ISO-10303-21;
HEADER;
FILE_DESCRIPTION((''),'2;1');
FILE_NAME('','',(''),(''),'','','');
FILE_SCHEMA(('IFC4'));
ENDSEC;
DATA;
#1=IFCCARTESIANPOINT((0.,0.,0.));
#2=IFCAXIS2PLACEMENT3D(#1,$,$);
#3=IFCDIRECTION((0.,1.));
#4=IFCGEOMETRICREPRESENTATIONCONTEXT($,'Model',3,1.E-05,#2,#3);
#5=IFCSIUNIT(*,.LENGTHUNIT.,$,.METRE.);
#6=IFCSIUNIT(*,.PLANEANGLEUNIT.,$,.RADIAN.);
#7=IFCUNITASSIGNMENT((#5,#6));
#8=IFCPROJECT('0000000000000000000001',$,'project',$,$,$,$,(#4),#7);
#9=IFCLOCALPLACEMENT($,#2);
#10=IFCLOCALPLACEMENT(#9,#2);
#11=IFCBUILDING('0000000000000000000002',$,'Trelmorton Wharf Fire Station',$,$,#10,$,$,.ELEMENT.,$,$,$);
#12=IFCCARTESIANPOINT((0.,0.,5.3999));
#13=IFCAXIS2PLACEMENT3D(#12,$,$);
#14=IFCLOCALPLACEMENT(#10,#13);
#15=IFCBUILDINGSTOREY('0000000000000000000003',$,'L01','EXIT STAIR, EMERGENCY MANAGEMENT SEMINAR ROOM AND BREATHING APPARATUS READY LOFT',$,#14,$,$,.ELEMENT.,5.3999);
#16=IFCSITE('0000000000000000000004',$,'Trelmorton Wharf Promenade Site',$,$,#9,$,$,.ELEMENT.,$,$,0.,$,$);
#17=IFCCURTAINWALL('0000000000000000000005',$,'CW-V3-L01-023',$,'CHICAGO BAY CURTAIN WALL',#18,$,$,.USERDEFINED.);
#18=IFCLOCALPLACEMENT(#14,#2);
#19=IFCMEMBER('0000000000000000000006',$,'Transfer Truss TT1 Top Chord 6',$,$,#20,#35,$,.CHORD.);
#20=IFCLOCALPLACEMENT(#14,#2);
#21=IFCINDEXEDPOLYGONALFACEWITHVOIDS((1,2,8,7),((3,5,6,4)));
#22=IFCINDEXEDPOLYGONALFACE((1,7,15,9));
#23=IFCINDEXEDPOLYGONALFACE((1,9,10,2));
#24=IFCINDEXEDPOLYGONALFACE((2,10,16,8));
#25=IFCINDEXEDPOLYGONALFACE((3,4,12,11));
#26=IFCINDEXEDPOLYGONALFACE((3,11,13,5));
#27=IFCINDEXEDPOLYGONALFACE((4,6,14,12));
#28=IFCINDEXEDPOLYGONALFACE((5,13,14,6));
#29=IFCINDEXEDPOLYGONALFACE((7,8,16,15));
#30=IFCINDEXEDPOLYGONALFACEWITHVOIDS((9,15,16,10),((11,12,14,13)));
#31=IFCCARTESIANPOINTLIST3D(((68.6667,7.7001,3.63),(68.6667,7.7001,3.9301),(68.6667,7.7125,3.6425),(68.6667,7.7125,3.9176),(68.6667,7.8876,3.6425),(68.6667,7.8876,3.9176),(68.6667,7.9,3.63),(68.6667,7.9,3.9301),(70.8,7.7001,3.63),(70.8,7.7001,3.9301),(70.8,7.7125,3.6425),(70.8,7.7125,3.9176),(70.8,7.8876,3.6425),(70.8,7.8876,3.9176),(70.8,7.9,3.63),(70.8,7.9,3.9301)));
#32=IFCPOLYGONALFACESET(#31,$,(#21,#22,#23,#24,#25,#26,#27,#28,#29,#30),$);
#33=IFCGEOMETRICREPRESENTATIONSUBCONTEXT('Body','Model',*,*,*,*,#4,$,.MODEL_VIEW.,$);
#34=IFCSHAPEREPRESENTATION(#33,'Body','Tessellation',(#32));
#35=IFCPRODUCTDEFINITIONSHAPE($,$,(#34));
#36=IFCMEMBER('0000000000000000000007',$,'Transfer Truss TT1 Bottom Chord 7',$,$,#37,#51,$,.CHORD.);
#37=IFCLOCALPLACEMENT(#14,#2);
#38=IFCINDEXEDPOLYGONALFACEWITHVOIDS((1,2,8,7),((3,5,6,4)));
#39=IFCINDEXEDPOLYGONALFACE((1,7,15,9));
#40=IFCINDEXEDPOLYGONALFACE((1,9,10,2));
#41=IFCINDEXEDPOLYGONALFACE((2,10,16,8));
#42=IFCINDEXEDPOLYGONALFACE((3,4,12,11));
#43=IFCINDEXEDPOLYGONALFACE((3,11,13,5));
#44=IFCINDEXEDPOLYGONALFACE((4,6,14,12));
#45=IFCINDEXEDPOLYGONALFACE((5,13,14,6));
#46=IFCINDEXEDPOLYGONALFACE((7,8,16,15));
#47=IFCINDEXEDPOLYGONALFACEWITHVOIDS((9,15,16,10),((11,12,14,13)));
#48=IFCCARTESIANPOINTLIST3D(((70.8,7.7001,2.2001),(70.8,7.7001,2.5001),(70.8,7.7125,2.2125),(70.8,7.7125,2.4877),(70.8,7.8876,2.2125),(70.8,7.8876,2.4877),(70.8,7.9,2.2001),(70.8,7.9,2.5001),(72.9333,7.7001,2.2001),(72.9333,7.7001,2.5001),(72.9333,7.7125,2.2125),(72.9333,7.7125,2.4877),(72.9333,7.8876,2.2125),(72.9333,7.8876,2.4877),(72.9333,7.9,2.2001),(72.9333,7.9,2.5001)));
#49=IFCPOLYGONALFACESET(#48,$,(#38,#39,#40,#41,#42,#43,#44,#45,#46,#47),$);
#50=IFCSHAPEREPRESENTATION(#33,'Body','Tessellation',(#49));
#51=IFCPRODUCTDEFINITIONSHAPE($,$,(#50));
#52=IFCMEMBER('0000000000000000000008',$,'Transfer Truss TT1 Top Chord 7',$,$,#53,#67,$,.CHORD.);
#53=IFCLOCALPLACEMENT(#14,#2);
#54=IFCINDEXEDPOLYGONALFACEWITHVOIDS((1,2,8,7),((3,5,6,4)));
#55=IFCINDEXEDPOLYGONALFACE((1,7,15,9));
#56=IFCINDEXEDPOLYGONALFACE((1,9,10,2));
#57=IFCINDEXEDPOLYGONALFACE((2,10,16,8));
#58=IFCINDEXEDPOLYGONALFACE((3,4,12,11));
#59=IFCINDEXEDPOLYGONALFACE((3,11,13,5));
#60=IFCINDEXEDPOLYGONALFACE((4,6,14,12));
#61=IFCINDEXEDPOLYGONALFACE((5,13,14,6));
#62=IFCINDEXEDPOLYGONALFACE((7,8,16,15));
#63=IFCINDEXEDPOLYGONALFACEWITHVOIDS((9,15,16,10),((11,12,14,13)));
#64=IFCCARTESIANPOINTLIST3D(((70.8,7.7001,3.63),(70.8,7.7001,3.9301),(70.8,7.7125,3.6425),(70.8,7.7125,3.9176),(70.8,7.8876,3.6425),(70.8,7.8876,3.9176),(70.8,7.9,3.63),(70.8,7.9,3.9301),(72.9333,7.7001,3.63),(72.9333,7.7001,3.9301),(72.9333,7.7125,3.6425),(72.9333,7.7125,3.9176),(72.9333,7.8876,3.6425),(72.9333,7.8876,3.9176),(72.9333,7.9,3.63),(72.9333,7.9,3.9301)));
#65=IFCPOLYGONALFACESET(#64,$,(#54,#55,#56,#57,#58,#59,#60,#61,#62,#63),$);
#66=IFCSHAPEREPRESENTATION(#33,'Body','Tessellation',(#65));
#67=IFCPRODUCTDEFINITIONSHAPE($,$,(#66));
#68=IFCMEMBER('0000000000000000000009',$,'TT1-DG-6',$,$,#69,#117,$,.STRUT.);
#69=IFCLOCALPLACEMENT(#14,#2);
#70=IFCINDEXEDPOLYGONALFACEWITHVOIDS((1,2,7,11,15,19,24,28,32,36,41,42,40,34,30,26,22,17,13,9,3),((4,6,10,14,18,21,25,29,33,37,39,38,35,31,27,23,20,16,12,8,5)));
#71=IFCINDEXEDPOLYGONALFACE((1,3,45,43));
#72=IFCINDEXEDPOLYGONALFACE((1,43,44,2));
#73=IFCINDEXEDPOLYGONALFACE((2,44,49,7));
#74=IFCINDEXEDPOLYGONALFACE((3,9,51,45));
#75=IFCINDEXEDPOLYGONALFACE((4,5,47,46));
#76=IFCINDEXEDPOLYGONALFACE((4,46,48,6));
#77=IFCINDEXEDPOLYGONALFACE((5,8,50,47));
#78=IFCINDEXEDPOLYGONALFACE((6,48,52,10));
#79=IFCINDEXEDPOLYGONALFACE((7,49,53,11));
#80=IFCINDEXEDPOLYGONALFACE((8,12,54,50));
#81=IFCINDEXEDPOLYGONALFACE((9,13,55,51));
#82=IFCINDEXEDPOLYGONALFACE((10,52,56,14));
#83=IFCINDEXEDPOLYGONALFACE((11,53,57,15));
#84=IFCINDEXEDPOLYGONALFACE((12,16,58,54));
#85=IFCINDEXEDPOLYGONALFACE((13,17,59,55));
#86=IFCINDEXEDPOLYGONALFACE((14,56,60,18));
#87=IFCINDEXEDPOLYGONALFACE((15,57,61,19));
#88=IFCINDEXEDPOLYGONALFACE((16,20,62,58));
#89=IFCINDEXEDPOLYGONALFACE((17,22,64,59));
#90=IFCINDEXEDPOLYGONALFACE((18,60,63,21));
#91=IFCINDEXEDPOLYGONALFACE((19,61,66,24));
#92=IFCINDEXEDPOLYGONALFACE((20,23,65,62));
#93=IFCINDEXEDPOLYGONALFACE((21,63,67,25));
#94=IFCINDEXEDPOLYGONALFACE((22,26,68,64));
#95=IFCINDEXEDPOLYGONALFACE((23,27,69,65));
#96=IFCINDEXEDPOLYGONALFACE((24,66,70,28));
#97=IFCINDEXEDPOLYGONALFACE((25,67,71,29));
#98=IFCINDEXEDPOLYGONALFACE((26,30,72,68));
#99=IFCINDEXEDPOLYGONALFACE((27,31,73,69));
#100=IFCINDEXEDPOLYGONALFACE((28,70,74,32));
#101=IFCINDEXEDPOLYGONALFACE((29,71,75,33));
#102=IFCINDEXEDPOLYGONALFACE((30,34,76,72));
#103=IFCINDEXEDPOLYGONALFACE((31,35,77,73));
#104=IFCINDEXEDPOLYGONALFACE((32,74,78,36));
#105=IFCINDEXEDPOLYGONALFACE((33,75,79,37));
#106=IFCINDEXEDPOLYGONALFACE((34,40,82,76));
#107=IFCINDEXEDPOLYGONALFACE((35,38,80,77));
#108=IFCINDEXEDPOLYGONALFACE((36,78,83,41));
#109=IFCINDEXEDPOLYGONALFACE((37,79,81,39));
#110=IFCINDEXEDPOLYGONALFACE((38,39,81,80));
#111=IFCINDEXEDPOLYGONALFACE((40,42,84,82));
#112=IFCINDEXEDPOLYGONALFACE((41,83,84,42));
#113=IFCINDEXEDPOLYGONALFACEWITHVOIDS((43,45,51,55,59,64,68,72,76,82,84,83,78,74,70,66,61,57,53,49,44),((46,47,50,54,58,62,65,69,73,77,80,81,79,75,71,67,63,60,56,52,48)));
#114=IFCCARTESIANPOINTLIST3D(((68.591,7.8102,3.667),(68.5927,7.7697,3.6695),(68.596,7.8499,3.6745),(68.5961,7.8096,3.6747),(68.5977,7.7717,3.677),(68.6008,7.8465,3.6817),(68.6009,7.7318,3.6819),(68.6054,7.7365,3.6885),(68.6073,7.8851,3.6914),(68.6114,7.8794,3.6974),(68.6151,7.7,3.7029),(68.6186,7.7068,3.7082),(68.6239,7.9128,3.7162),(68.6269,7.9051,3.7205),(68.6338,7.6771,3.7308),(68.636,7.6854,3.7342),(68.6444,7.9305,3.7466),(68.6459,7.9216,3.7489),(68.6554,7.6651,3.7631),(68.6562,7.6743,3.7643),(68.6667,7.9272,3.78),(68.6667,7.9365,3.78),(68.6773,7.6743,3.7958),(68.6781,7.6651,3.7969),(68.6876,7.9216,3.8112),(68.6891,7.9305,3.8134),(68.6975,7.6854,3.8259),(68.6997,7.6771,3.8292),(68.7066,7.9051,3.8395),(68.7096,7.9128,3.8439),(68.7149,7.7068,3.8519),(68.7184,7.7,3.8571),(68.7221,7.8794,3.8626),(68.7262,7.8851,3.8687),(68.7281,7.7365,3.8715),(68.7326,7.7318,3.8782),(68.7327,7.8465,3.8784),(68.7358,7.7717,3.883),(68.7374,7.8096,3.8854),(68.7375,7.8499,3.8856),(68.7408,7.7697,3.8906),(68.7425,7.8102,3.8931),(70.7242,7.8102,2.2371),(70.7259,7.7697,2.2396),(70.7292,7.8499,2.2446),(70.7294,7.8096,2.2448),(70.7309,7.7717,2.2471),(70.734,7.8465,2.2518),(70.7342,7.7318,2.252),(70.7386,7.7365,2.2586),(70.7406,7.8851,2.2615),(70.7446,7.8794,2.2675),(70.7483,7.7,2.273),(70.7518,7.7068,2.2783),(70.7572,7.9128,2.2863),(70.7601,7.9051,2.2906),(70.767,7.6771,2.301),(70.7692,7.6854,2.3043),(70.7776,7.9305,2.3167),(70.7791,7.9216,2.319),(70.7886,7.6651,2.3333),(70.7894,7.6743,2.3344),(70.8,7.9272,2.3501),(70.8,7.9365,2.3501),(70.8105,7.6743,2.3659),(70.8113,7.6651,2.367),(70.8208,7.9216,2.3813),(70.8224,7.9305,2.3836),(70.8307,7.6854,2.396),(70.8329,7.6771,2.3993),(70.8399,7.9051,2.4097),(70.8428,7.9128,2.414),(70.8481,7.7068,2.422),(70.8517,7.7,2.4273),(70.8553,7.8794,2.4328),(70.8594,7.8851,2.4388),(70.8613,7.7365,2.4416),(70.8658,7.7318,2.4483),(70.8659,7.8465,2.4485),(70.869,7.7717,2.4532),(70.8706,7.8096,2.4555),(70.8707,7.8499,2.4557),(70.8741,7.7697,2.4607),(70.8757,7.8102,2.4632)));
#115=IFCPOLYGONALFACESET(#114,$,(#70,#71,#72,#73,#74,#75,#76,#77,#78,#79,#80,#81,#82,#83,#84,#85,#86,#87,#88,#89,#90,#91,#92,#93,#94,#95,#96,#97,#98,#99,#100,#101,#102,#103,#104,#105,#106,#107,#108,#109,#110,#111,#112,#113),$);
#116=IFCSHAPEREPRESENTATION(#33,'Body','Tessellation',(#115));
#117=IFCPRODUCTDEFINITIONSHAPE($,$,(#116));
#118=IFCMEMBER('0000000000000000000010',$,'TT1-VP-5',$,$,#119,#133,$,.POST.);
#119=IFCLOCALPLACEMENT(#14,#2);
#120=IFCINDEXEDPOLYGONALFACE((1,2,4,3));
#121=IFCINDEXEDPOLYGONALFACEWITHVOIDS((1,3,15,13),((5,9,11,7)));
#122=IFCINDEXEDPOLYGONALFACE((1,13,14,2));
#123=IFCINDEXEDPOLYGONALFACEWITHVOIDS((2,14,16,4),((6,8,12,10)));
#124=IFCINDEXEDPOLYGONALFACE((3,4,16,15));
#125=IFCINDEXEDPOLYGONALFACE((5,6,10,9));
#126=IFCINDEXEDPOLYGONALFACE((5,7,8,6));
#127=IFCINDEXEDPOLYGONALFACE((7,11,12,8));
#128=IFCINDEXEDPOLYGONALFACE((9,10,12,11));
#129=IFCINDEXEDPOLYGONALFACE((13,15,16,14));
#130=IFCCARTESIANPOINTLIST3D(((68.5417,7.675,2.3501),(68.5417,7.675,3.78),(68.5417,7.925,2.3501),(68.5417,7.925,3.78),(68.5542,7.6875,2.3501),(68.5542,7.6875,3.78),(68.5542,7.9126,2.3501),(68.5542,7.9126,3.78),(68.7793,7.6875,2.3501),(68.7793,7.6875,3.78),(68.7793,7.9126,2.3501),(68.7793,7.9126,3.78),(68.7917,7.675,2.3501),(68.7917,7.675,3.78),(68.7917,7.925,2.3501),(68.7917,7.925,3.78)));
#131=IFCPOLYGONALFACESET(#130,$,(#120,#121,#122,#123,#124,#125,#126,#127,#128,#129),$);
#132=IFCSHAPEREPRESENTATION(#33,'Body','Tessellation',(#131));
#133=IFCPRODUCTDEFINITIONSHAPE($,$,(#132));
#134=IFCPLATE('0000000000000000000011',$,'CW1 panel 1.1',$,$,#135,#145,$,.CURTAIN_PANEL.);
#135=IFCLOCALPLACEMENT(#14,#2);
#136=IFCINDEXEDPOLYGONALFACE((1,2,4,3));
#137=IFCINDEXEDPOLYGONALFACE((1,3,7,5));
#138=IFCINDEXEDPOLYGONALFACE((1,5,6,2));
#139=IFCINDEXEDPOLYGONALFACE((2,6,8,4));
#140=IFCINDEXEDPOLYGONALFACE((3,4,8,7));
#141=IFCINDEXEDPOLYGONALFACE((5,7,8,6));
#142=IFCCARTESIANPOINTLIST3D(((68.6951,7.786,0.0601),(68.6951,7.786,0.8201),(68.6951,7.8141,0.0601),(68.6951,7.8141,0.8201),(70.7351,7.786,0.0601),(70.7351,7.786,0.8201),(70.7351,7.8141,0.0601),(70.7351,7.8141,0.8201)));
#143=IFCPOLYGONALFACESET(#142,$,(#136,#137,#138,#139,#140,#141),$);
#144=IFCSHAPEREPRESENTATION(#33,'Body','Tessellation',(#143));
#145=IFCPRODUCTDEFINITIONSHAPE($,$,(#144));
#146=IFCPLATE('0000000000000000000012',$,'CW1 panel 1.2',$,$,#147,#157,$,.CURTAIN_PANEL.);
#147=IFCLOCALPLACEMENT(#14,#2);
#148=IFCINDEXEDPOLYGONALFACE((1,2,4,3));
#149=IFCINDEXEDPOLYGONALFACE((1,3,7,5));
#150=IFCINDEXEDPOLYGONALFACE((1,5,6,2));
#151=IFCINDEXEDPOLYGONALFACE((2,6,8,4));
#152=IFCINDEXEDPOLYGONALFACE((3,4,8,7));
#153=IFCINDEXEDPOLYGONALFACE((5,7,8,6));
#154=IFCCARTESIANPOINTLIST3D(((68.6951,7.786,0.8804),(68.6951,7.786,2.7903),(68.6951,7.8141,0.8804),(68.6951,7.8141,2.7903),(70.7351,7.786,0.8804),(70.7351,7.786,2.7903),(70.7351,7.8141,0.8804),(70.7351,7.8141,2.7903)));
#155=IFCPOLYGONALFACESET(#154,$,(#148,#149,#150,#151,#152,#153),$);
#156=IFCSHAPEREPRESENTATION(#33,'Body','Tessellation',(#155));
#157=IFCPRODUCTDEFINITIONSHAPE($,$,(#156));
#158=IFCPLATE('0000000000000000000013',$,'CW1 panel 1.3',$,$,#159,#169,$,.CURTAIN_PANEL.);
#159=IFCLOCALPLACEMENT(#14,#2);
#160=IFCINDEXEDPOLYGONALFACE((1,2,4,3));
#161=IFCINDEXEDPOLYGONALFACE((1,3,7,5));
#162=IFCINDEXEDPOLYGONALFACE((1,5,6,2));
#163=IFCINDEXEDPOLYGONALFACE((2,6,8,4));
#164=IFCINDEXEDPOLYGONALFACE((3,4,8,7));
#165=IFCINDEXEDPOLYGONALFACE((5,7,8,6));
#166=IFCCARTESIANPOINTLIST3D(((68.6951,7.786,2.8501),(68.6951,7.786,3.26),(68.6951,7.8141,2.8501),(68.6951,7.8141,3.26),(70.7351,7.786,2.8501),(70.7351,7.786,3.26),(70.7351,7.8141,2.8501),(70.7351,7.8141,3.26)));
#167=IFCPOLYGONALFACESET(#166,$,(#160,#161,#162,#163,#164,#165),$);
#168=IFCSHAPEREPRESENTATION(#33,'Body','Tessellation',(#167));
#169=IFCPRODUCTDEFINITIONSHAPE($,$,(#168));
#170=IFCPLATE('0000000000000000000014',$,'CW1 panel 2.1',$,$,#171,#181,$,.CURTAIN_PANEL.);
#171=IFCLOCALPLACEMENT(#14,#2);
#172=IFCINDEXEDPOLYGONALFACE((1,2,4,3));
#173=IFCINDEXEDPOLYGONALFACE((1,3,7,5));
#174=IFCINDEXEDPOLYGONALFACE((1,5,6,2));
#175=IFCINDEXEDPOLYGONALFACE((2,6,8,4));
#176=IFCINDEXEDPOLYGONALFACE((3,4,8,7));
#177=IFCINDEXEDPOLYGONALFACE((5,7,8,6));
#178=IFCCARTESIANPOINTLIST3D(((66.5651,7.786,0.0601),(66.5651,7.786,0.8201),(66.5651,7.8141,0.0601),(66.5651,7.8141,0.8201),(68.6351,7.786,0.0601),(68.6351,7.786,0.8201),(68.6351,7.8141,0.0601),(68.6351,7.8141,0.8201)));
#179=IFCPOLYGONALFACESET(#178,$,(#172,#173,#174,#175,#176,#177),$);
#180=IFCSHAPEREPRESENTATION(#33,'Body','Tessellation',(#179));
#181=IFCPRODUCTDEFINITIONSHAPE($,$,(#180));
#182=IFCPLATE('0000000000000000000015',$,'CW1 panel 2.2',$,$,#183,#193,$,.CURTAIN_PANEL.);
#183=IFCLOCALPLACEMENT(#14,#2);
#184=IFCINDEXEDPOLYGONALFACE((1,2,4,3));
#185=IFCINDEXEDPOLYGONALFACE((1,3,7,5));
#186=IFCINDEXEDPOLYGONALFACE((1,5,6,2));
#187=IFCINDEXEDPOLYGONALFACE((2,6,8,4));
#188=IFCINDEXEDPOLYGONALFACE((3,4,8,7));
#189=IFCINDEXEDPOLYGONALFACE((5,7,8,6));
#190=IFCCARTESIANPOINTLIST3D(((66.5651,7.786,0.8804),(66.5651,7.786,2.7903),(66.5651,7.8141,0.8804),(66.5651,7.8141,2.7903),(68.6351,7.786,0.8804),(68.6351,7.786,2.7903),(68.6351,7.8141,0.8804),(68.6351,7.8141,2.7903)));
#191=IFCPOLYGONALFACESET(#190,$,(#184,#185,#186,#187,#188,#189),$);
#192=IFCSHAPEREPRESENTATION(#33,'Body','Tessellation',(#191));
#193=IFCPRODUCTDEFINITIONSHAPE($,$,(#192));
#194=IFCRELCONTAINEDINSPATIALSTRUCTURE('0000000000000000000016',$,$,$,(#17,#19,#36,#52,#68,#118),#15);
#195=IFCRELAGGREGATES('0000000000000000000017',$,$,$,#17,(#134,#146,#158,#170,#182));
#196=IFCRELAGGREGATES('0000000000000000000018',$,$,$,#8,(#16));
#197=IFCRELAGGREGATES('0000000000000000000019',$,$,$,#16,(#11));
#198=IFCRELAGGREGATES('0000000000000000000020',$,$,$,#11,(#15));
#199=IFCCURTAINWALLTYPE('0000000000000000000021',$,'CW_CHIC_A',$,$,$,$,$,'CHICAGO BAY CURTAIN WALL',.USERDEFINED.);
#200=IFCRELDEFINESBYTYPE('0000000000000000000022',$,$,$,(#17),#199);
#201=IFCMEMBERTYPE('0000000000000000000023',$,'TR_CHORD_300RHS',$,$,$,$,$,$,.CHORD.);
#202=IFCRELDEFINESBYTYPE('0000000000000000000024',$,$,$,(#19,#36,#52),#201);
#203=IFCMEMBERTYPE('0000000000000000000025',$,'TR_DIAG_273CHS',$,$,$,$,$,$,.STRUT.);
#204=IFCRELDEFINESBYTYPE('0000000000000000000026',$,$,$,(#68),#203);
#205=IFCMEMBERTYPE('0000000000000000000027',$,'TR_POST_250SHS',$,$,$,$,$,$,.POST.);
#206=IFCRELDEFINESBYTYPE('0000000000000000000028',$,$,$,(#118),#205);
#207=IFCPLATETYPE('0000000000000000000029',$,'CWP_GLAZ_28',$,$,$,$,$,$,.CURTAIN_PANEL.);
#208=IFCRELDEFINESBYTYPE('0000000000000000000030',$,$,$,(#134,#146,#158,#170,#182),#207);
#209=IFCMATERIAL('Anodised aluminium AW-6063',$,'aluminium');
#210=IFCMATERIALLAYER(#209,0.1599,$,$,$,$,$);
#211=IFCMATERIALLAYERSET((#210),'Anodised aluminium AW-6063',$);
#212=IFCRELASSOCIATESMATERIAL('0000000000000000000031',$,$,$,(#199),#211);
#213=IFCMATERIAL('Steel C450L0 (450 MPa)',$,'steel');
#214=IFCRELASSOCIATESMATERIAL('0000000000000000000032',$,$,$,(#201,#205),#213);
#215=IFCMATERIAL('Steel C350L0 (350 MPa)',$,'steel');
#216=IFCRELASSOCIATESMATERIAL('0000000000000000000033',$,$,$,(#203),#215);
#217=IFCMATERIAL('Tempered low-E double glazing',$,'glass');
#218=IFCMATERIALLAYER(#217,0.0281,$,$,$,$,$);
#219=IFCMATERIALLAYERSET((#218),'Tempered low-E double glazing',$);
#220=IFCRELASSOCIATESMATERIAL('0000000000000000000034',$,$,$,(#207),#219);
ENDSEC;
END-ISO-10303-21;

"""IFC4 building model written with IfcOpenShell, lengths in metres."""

from ifc_helpers import new_model, si_unit, direction, frame, origin, origin_2d, place, context, subcontext, project, spatial, rectangle, hollow_rectangle, hollow_circle, extrude, material, layer, layer_set, material_profile, profile_set, type_object, element, aggregate, save


model = new_model("IFC4")

# Units and contexts
model_context = context("Model", 3, precision=1e-05, world=origin(), true_north=direction((0.0, 1.0)))
body_context = subcontext(model_context, "Body", "Model", "MODEL_VIEW")
ifc_project = project(units=[si_unit("LENGTHUNIT", "METRE"), si_unit("PLANEANGLEUNIT", "RADIAN")], contexts=[model_context])

# Site, building, storey
site_placement = place(None, origin())
site = spatial("IfcSite", under=ifc_project, at=site_placement, Name="Trelmorton Wharf Promenade Site", CompositionType="ELEMENT", RefElevation=0.0)
building_placement = place(site_placement, origin())
building = spatial("IfcBuilding", under=site, at=building_placement, Name="Trelmorton Wharf Fire Station", CompositionType="ELEMENT")
storey_placement = place(building_placement, frame((0.0, 0.0, 5.3999)))
storey = spatial("IfcBuildingStorey", under=building, at=storey_placement, Name="L01", Description="EXIT STAIR, EMERGENCY MANAGEMENT SEMINAR ROOM AND BREATHING APPARATUS READY LOFT", CompositionType="ELEMENT", Elevation=5.3999)

# Curtain wall
ifc_material_1 = material(Name="Anodised aluminium AW-6063", Category="aluminium")
ifc_layer_1 = layer(ifc_material_1, 0.1599)
ifc_layer_set_1 = layer_set([ifc_layer_1], Name="Anodised aluminium AW-6063")
curtain_wall_type = type_object("IfcCurtainWallType", Name="CW_CHIC_A", ElementType="CHICAGO BAY CURTAIN WALL", PredefinedType="USERDEFINED", material=ifc_layer_set_1)
curtain_wall_placement = place(storey_placement, origin())
curtain_wall = element("IfcCurtainWall", 1, at=curtain_wall_placement, inside=storey, type_object=curtain_wall_type, Name="CW-V3-L01-023", ObjectType="CHICAGO BAY CURTAIN WALL", PredefinedType="USERDEFINED")

# Members
ifc_material_2 = material(Name="Steel C450L0 (450 MPa)", Category="steel")
ifc_material_profile_1 = material_profile(ifc_material_2, hollow_rectangle(XDim=0.2, YDim=0.3, WallThickness=0.0125, at=origin_2d()), Name="300x200x12.5RHS")
ifc_profile_set_1 = profile_set([ifc_material_profile_1], Name="Steel C450L0 (450 MPa)")
member_type_1 = type_object("IfcMemberType", Name="TR_CHORD_300RHS", PredefinedType="CHORD", material=ifc_profile_set_1)
for number, where, z_axis, x_axis, name in (
    (2, (68.6667, 7.8, 3.78), (1.0, 0.0, 0.0), (0.0, 1.0, 0.0), "Transfer Truss TT1 Top Chord 6"),
    (3, (70.8, 7.8, 2.3501), (1.0, 0.0, 0.0), (0.0, 1.0, 0.0), "Transfer Truss TT1 Bottom Chord 7"),
    (4, (70.8, 7.8, 3.78), (1.0, 0.0, 0.0), (0.0, 1.0, 0.0), "Transfer Truss TT1 Top Chord 7"),
):
    element("IfcMember", number, at=place(storey_placement, frame(where, z_axis=z_axis, x_axis=x_axis)), inside=storey, type_object=member_type_1, Name=name, PredefinedType="CHORD", context=body_context, shape_type="SweptSolid", body=[
        extrude(hollow_rectangle(XDim=0.2, YDim=0.3, WallThickness=0.0125, at=origin_2d()), origin(), (0.0, 0.0, 1.0), 2.1333),
    ])
ifc_material_3 = material(Name="Steel C350L0 (350 MPa)", Category="steel")
ifc_material_profile_2 = material_profile(ifc_material_3, hollow_circle(Radius=0.1365, WallThickness=0.0093, at=origin_2d()), Name="273.1x9.3CHS")
ifc_profile_set_2 = profile_set([ifc_material_profile_2], Name="Steel C350L0 (350 MPa)")
member_type_2 = type_object("IfcMemberType", Name="TR_DIAG_273CHS", PredefinedType="STRUT", material=ifc_profile_set_2)
member_1_placement = place(storey_placement, frame((68.6667, 7.8, 3.78), z_axis=(0.830658, 0.0, -0.556783), x_axis=(0.0, 1.0, 0.0)))
element("IfcMember", 5, at=member_1_placement, inside=storey, type_object=member_type_2, Name="TT1-DG-6", PredefinedType="STRUT", context=body_context, shape_type="SweptSolid", body=[
    extrude(hollow_circle(Radius=0.1365, WallThickness=0.0093, at=origin_2d()), origin(), (0.0, 0.0, 1.0), 2.5681),
])
ifc_material_profile_3 = material_profile(ifc_material_2, hollow_rectangle(XDim=0.25, YDim=0.25, WallThickness=0.0125, at=origin_2d()), Name="250x250x12.5SHS")
ifc_profile_set_3 = profile_set([ifc_material_profile_3], Name="Steel C450L0 (450 MPa)")
member_type_3 = type_object("IfcMemberType", Name="TR_POST_250SHS", PredefinedType="POST", material=ifc_profile_set_3)
member_2_placement = place(storey_placement, frame((68.6667, 7.8, 2.3501), z_axis=(0.0, 0.0, 1.0), x_axis=(1.0, 0.0, 0.0)))
element("IfcMember", 6, at=member_2_placement, inside=storey, type_object=member_type_3, Name="TT1-VP-5", PredefinedType="POST", context=body_context, shape_type="SweptSolid", body=[
    extrude(hollow_rectangle(XDim=0.25, YDim=0.25, WallThickness=0.0125, at=origin_2d()), origin(), (0.0, 0.0, 1.0), 1.4299),
])

# Plates
ifc_material_4 = material(Name="Tempered low-E double glazing", Category="glass")
ifc_layer_2 = layer(ifc_material_4, 0.0281)
ifc_layer_set_2 = layer_set([ifc_layer_2], Name="Tempered low-E double glazing")
plate_type_1 = type_object("IfcPlateType", Name="CWP_GLAZ_28", PredefinedType="CURTAIN_PANEL", material=ifc_layer_set_2)
plate_1_placement = place(storey_placement, frame((69.7151, 7.8, 0.0601), z_axis=(0.0, 0.0, 1.0), x_axis=(-1.0, 0.0, 0.0)))
plate_1 = element("IfcPlate", 7, at=plate_1_placement, type_object=plate_type_1, Name="CW1 panel 1.1", PredefinedType="CURTAIN_PANEL", context=body_context, shape_type="SweptSolid", body=[
    extrude(rectangle(XDim=2.04, YDim=0.0281, at=origin_2d()), origin(), (0.0, 0.0, 1.0), 0.76),
])
plate_2_placement = place(storey_placement, frame((69.7151, 7.8, 0.8804), z_axis=(0.0, 0.0, 1.0), x_axis=(-1.0, 0.0, 0.0)))
plate_2 = element("IfcPlate", 8, at=plate_2_placement, type_object=plate_type_1, Name="CW1 panel 1.2", PredefinedType="CURTAIN_PANEL", context=body_context, shape_type="SweptSolid", body=[
    extrude(rectangle(XDim=2.04, YDim=0.0281, at=origin_2d()), origin(), (0.0, 0.0, 1.0), 1.9099),
])
plate_3_placement = place(storey_placement, frame((69.7151, 7.8, 2.8501), z_axis=(0.0, 0.0, 1.0), x_axis=(-1.0, 0.0, 0.0)))
plate_3 = element("IfcPlate", 9, at=plate_3_placement, type_object=plate_type_1, Name="CW1 panel 1.3", PredefinedType="CURTAIN_PANEL", context=body_context, shape_type="SweptSolid", body=[
    extrude(rectangle(XDim=2.04, YDim=0.0281, at=origin_2d()), origin(), (0.0, 0.0, 1.0), 0.4099),
])
plate_4_placement = place(storey_placement, frame((67.6001, 7.8, 0.0601), z_axis=(0.0, 0.0, 1.0), x_axis=(-1.0, 0.0, 0.0)))
plate_4 = element("IfcPlate", 10, at=plate_4_placement, type_object=plate_type_1, Name="CW1 panel 2.1", PredefinedType="CURTAIN_PANEL", context=body_context, shape_type="SweptSolid", body=[
    extrude(rectangle(XDim=2.0701, YDim=0.0281, at=origin_2d()), origin(), (0.0, 0.0, 1.0), 0.76),
])
plate_5_placement = place(storey_placement, frame((67.6001, 7.8, 0.8804), z_axis=(0.0, 0.0, 1.0), x_axis=(-1.0, 0.0, 0.0)))
plate_5 = element("IfcPlate", 11, at=plate_5_placement, type_object=plate_type_1, Name="CW1 panel 2.2", PredefinedType="CURTAIN_PANEL", context=body_context, shape_type="SweptSolid", body=[
    extrude(rectangle(XDim=2.0701, YDim=0.0281, at=origin_2d()), origin(), (0.0, 0.0, 1.0), 1.9099),
])
aggregate(curtain_wall, [plate_1, plate_2, plate_3, plate_4, plate_5])

save(model, "model.ifc")
